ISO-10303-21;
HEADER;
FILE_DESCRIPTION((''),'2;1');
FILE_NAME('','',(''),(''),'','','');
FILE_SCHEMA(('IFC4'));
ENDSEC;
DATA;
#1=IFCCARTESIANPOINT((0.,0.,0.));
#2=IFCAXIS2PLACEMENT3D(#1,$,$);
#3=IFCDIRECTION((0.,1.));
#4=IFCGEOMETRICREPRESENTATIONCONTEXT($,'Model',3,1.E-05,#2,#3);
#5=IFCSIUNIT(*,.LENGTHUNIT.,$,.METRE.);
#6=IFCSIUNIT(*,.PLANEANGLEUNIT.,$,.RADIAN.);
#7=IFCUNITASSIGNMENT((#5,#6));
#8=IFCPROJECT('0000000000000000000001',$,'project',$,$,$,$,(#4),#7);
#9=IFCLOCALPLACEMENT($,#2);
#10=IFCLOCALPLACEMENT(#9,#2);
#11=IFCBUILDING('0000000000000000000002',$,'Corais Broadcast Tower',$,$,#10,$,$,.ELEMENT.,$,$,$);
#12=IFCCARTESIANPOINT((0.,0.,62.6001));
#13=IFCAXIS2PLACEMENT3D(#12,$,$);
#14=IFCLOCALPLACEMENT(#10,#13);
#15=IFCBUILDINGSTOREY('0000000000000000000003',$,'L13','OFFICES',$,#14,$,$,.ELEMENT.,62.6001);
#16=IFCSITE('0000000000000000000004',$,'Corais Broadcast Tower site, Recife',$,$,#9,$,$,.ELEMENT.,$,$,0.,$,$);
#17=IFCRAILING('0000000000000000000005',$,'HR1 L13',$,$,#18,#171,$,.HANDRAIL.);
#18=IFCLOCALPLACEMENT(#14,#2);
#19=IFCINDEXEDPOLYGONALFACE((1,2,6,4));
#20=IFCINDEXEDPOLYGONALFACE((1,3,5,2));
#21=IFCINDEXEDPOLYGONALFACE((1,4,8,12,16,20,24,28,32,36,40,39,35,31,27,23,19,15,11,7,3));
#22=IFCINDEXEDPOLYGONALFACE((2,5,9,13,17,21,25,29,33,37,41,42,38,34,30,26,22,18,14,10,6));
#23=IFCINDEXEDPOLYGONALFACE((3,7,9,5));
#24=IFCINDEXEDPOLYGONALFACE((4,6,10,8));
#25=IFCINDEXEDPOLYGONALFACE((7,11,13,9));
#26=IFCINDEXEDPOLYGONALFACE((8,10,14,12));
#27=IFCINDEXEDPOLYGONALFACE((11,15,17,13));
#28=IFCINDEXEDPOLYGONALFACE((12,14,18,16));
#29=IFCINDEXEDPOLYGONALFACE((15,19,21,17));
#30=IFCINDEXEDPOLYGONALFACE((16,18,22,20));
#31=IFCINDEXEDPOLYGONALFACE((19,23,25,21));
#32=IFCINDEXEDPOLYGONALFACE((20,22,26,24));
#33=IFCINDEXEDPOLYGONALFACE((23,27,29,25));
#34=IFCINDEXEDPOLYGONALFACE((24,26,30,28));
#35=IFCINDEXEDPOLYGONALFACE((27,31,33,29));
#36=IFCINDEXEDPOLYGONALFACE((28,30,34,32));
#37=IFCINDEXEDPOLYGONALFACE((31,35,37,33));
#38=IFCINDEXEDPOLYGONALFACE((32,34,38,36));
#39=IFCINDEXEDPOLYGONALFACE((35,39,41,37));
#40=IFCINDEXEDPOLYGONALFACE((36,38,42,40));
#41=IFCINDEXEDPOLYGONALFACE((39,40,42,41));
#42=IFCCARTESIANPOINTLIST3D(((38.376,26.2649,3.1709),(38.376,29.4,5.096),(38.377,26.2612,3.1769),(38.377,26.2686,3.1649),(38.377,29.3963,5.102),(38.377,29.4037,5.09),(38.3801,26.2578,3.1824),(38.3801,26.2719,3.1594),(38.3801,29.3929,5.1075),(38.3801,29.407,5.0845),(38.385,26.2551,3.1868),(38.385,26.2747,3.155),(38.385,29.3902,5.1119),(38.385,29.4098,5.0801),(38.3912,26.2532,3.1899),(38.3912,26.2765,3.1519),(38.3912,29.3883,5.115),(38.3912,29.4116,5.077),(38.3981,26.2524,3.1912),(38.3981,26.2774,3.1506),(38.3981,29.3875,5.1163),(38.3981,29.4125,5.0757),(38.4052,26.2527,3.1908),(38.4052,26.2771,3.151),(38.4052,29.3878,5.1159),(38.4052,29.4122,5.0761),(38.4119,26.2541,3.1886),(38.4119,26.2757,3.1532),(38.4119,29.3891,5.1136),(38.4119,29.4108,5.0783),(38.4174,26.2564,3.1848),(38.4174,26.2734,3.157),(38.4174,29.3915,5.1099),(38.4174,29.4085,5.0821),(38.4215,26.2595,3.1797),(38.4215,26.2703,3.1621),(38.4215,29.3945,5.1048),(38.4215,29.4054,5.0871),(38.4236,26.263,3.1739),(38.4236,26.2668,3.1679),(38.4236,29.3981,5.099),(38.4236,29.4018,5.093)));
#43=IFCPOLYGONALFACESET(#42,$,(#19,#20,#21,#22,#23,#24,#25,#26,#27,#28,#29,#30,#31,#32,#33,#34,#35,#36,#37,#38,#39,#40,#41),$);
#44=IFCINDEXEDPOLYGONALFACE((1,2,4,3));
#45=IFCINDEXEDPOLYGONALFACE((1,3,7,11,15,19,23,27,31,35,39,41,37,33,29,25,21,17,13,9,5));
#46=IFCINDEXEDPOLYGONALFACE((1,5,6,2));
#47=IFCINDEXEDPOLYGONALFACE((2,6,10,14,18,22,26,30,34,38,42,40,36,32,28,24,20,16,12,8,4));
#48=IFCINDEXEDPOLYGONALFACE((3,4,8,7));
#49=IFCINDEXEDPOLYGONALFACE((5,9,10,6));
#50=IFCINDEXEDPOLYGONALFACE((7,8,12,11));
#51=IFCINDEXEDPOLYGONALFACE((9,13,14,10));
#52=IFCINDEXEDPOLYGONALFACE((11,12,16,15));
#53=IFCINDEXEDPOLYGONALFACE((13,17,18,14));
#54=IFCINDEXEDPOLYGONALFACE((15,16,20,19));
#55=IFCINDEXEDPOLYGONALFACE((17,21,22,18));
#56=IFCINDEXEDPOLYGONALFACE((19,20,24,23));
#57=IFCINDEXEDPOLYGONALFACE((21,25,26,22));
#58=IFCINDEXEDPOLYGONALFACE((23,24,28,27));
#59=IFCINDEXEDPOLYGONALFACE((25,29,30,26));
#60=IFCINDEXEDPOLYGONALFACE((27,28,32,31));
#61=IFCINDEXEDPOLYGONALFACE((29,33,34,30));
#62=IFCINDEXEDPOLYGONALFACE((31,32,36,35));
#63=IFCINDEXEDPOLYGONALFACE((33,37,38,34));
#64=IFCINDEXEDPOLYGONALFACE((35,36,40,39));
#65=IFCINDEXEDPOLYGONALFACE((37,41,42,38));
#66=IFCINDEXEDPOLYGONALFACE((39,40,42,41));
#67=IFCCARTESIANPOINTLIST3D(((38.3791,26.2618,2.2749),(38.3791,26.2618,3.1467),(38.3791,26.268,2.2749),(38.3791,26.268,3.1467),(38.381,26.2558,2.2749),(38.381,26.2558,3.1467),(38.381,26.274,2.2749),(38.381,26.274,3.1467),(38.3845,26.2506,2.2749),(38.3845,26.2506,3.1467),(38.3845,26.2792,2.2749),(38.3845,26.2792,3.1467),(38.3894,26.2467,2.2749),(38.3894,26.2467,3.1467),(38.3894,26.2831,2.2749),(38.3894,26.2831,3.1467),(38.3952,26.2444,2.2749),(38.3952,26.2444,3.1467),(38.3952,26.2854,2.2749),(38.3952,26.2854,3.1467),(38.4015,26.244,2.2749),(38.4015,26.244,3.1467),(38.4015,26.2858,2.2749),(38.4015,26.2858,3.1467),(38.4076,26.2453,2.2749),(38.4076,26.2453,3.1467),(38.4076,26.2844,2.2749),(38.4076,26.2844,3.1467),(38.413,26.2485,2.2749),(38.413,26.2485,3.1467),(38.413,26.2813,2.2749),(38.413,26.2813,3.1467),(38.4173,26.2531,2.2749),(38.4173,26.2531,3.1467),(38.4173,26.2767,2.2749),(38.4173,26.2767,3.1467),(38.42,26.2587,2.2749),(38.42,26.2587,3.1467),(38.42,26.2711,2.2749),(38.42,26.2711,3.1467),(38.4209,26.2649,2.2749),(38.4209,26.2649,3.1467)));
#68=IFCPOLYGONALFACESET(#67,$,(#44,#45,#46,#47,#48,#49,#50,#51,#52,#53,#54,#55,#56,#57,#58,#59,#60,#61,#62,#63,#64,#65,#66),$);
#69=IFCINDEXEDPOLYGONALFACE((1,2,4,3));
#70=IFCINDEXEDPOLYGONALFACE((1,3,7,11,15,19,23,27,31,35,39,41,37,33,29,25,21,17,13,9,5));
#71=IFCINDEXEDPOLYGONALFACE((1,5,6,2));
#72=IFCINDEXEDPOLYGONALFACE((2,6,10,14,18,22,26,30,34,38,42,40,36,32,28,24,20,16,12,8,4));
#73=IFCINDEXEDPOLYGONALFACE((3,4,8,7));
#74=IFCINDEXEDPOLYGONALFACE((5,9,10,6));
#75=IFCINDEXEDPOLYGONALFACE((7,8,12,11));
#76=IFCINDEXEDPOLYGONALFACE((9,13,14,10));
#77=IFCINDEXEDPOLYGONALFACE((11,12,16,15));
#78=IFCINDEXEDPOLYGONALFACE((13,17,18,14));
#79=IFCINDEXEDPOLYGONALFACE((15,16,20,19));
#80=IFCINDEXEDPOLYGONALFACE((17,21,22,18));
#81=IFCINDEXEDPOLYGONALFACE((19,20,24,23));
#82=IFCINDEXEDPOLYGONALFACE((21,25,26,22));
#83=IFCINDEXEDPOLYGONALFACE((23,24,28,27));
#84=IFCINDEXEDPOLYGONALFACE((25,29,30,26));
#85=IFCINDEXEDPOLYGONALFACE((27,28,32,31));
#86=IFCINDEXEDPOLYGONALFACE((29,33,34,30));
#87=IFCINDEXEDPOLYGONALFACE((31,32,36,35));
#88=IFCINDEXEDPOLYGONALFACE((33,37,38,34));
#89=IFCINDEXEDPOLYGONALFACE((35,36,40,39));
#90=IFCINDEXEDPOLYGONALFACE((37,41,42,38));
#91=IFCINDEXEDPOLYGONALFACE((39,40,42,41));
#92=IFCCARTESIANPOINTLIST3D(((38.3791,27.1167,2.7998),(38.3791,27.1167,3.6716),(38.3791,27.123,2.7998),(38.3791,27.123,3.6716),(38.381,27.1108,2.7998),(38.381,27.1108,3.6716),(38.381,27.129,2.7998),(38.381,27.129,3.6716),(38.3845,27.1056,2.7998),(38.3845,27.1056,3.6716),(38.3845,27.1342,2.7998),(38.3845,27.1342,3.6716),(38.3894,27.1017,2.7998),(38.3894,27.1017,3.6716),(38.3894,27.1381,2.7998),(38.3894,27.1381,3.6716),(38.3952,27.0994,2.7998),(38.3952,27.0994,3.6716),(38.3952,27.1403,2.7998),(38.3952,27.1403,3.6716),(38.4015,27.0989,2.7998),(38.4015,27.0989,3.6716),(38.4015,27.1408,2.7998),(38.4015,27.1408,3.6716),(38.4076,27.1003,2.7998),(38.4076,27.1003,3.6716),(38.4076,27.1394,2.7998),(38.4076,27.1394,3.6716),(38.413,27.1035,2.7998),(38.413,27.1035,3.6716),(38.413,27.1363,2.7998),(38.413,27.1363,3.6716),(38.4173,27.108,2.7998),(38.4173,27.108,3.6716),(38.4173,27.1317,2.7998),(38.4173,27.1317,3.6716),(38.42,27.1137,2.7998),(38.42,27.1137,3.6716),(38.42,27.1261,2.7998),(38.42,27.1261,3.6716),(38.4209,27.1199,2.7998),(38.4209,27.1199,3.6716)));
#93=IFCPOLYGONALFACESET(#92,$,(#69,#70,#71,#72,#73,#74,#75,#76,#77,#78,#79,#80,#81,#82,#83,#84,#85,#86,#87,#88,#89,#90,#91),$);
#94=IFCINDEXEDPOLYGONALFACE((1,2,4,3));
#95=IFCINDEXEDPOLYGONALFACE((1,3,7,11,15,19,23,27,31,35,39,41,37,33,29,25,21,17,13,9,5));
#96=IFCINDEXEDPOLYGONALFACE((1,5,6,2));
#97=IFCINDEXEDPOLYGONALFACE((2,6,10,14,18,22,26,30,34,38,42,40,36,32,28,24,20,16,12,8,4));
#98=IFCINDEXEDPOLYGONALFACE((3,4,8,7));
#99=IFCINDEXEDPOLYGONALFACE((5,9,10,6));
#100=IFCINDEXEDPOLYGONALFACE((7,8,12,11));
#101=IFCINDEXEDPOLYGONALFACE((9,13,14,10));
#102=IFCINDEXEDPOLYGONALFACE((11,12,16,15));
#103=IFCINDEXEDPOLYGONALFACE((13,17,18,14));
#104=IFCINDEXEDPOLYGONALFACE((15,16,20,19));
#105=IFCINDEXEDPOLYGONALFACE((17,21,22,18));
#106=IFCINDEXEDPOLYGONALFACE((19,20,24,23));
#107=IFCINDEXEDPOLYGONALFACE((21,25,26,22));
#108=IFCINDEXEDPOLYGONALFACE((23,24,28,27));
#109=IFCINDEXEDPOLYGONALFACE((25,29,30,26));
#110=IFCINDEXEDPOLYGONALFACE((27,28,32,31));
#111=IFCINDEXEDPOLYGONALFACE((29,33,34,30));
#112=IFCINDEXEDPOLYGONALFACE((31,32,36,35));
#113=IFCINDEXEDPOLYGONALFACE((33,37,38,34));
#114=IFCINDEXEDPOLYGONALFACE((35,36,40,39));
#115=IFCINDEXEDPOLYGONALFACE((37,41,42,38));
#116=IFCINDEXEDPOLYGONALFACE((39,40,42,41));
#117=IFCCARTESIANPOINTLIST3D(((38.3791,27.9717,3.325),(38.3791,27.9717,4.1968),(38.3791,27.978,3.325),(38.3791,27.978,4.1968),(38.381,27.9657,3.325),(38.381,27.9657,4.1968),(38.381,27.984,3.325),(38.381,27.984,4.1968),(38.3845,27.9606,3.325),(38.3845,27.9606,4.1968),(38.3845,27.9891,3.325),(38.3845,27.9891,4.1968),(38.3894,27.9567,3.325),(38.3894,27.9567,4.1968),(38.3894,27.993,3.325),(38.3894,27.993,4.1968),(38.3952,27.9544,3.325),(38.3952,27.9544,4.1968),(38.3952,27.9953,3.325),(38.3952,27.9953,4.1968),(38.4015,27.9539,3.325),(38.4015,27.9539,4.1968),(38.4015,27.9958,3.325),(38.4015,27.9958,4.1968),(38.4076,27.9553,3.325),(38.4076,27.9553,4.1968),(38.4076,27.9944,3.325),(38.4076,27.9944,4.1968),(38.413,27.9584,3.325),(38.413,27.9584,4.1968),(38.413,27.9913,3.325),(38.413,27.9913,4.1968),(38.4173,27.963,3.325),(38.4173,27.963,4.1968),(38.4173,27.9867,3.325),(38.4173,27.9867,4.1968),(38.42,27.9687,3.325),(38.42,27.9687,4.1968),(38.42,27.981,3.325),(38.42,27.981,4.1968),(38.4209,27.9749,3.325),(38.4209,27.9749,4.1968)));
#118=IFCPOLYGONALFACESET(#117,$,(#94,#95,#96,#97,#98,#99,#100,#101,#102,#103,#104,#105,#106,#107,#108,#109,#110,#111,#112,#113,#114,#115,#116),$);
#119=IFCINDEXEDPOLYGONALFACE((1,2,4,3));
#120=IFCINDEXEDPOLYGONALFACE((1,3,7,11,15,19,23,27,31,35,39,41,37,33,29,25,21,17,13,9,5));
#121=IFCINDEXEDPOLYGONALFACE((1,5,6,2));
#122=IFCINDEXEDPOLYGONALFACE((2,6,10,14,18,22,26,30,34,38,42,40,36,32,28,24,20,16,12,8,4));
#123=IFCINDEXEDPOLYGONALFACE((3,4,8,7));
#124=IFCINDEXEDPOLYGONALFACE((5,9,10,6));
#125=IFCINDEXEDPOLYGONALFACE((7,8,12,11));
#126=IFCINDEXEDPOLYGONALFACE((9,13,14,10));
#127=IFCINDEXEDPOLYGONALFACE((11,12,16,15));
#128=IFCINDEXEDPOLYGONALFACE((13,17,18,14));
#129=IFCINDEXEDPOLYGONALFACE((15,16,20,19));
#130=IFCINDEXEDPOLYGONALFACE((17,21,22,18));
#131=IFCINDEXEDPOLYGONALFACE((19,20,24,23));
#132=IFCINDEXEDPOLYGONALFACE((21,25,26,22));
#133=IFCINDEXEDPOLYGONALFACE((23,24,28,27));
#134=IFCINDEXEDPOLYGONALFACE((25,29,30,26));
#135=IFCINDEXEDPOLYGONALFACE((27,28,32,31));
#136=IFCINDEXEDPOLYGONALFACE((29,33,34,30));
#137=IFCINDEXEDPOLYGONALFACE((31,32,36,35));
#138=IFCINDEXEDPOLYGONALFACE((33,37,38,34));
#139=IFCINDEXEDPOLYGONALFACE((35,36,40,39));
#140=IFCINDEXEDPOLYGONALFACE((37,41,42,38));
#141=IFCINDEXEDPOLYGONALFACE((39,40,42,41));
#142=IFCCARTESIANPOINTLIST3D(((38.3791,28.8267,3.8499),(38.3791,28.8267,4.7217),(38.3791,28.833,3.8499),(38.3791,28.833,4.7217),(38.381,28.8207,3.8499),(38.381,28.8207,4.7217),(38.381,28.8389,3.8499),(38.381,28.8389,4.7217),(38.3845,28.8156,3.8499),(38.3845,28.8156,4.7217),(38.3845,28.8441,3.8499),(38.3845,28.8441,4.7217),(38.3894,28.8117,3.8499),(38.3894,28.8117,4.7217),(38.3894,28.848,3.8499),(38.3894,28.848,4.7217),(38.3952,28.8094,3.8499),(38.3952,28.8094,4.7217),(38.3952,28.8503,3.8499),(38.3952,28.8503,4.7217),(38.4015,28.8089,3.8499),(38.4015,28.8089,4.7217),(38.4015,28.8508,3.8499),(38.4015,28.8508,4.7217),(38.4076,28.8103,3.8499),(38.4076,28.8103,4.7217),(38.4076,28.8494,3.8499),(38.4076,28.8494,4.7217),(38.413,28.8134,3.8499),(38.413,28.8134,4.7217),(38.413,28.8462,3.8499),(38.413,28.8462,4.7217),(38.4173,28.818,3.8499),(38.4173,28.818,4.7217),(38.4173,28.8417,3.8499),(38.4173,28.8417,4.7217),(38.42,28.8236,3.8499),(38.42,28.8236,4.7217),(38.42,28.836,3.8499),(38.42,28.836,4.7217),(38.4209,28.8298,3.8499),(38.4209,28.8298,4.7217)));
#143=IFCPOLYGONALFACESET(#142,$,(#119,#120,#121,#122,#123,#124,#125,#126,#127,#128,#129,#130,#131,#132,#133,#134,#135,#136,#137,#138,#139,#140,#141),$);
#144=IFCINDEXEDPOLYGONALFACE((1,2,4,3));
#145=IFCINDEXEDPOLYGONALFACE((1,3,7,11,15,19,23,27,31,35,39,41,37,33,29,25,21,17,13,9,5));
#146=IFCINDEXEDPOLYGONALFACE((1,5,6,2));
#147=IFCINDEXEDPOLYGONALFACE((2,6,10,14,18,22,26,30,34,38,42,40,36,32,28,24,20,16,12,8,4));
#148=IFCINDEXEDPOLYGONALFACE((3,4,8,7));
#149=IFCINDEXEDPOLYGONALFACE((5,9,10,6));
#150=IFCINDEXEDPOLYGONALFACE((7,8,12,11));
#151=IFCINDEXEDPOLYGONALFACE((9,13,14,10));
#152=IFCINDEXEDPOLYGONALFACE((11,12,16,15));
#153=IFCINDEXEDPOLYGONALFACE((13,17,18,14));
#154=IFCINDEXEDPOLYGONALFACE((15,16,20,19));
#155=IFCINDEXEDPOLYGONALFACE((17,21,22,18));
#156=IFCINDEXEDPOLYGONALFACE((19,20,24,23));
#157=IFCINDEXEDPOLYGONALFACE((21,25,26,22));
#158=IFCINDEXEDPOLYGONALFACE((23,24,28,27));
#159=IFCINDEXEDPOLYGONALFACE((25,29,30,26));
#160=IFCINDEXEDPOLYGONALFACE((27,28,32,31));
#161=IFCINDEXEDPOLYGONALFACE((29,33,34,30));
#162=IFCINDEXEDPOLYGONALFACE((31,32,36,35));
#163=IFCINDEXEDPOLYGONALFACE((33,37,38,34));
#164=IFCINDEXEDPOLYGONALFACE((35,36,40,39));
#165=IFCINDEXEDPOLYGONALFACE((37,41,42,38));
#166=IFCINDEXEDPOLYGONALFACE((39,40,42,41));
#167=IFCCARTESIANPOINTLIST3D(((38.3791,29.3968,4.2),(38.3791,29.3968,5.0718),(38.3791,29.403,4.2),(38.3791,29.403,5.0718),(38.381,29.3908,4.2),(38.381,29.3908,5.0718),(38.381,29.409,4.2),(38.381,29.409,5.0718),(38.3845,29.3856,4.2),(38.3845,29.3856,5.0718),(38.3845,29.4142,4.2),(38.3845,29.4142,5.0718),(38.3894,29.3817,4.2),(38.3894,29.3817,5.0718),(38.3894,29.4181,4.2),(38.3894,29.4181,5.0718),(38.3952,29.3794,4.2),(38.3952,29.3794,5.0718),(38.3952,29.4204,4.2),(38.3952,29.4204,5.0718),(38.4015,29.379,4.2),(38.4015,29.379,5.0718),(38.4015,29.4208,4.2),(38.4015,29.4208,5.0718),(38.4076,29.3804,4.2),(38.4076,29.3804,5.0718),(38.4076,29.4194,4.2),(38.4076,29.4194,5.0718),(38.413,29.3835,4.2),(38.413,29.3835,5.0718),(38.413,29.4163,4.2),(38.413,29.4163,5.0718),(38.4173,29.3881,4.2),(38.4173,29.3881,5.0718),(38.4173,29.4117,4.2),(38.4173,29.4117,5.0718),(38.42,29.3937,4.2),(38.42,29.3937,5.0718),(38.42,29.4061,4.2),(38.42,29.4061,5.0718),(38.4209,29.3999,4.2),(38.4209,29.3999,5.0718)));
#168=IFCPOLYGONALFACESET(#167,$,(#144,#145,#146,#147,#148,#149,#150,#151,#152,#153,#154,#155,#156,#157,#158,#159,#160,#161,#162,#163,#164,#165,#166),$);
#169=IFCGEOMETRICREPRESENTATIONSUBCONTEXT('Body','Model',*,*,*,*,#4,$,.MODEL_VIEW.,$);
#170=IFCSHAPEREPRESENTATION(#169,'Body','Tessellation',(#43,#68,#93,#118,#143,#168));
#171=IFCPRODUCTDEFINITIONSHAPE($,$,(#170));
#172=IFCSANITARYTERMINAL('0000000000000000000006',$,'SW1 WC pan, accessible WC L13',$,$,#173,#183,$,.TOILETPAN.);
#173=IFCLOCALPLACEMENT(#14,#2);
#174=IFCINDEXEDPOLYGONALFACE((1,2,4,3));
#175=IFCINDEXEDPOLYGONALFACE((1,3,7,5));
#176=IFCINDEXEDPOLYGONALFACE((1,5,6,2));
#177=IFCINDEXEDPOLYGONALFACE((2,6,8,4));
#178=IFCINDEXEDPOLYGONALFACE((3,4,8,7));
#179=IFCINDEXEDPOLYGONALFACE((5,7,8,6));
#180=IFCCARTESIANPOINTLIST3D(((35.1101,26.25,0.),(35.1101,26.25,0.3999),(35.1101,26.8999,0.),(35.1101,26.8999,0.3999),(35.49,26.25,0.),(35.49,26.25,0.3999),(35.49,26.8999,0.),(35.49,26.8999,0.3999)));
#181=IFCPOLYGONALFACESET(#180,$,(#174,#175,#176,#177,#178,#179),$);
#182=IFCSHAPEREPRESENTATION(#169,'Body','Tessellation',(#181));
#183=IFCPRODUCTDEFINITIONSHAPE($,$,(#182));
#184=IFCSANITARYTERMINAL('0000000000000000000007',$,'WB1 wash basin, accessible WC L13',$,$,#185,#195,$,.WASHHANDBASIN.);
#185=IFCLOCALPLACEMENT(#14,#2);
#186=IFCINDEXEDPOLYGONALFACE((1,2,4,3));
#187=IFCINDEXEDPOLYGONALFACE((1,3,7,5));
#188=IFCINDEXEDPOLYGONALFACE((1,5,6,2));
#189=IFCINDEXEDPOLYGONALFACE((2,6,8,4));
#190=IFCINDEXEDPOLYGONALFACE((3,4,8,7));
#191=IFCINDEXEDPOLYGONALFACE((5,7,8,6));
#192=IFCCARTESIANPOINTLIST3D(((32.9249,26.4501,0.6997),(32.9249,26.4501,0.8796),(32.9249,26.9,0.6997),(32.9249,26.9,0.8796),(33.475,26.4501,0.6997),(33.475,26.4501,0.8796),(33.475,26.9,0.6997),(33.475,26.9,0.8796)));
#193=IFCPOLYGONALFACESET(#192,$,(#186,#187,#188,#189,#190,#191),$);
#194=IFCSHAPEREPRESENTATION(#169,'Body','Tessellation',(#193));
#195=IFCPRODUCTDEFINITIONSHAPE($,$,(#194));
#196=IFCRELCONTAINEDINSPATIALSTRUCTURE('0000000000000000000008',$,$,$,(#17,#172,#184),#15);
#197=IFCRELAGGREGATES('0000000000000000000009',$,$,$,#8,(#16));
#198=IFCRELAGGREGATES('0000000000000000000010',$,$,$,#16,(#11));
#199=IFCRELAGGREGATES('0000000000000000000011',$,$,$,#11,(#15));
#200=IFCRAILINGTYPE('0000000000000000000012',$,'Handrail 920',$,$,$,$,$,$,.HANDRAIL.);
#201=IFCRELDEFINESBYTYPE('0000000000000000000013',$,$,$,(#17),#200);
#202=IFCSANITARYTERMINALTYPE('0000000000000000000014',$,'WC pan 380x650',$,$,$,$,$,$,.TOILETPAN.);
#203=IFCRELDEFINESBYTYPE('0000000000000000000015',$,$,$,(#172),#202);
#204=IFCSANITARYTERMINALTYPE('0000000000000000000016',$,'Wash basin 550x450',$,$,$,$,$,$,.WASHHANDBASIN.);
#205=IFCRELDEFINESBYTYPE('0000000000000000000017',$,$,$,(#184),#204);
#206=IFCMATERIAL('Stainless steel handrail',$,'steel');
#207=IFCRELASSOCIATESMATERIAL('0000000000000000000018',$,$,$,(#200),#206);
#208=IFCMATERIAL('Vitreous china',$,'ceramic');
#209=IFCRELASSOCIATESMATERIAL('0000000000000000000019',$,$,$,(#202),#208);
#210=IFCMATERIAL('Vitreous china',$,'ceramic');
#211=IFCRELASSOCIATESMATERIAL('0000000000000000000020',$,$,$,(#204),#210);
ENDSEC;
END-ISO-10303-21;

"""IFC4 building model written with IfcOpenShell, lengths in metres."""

from ifc_helpers import new_model, si_unit, direction, frame, origin, origin_2d, place, context, subcontext, project, spatial, rectangle, circle, extrude, material, type_object, element, save


model = new_model("IFC4")

# Units and contexts
model_context = context("Model", 3, precision=1e-05, world=origin(), true_north=direction((0.0, 1.0)))
body_context = subcontext(model_context, "Body", "Model", "MODEL_VIEW")
ifc_project = project(units=[si_unit("LENGTHUNIT", "METRE"), si_unit("PLANEANGLEUNIT", "RADIAN")], contexts=[model_context])

# Site, building, storey
site_placement = place(None, origin())
site = spatial("IfcSite", under=ifc_project, at=site_placement, Name="Corais Broadcast Tower site, Recife", CompositionType="ELEMENT", RefElevation=0.0)
building_placement = place(site_placement, origin())
building = spatial("IfcBuilding", under=site, at=building_placement, Name="Corais Broadcast Tower", CompositionType="ELEMENT")
storey_placement = place(building_placement, frame((0.0, 0.0, 62.6001)))
storey = spatial("IfcBuildingStorey", under=building, at=storey_placement, Name="L13", Description="OFFICES", CompositionType="ELEMENT", Elevation=62.6001)

# Railing
ifc_material_1 = material(Name="Stainless steel handrail", Category="steel")
railing_type = type_object("IfcRailingType", Name="Handrail 920", PredefinedType="HANDRAIL", material=ifc_material_1)
for number, where, name in (
    (1, (38.3999, 26.2649, 2.2749), "HR1 L13"),
):
    element("IfcRailing", number, at=place(storey_placement, frame(where)), inside=storey, type_object=railing_type, Name=name, PredefinedType="HANDRAIL", context=body_context, shape_type="SweptSolid", body=[
        extrude(circle(Radius=0.0239, at=origin_2d()), frame((0.0, 0.0, 0.896), z_axis=(0.0, 0.852166, 0.523271), x_axis=(-1.0, 0.0, 0.0)), (0.0, 0.0, 1.0), 3.679),
        extrude(circle(Radius=0.021, at=origin_2d()), origin(), (0.0, 0.0, 1.0), 0.8718),
        extrude(circle(Radius=0.021, at=origin_2d()), frame((0.0, 0.855, 0.5249)), (0.0, 0.0, 1.0), 0.8718),
        extrude(circle(Radius=0.021, at=origin_2d()), frame((0.0, 1.71, 1.05)), (0.0, 0.0, 1.0), 0.8718),
        extrude(circle(Radius=0.021, at=origin_2d()), frame((0.0, 2.5649, 1.575)), (0.0, 0.0, 1.0), 0.8718),
        extrude(circle(Radius=0.021, at=origin_2d()), frame((0.0, 3.135, 1.925)), (0.0, 0.0, 1.0), 0.8718),
    ])

# Sanitary terminals
ifc_material_2 = material(Name="Vitreous china", Category="ceramic")
sanitary_terminal_type_1 = type_object("IfcSanitaryTerminalType", Name="WC pan 380x650", PredefinedType="TOILETPAN", material=ifc_material_2)
sanitary_terminal_1_placement = place(storey_placement, frame((35.3, 26.575, 0.0), z_axis=(0.0, 0.0, 1.0), x_axis=(1.0, 0.0, 0.0)))
element("IfcSanitaryTerminal", 2, at=sanitary_terminal_1_placement, inside=storey, type_object=sanitary_terminal_type_1, Name="SW1 WC pan, accessible WC L13", PredefinedType="TOILETPAN", context=body_context, shape_type="SweptSolid", body=[
    extrude(rectangle(XDim=0.3799, YDim=0.6499, at=origin_2d()), origin(), (0.0, 0.0, 1.0), 0.3999),
])
ifc_material_3 = material(Name="Vitreous china", Category="ceramic")
sanitary_terminal_type_2 = type_object("IfcSanitaryTerminalType", Name="Wash basin 550x450", PredefinedType="WASHHANDBASIN", material=ifc_material_3)
sanitary_terminal_2_placement = place(storey_placement, frame((33.2, 26.675, 0.6997), z_axis=(0.0, 0.0, 1.0), x_axis=(1.0, 0.0, 0.0)))
element("IfcSanitaryTerminal", 3, at=sanitary_terminal_2_placement, inside=storey, type_object=sanitary_terminal_type_2, Name="WB1 wash basin, accessible WC L13", PredefinedType="WASHHANDBASIN", context=body_context, shape_type="SweptSolid", body=[
    extrude(rectangle(XDim=0.55, YDim=0.45, at=origin_2d()), origin(), (0.0, 0.0, 1.0), 0.1799),
])

save(model, "model.ifc")
